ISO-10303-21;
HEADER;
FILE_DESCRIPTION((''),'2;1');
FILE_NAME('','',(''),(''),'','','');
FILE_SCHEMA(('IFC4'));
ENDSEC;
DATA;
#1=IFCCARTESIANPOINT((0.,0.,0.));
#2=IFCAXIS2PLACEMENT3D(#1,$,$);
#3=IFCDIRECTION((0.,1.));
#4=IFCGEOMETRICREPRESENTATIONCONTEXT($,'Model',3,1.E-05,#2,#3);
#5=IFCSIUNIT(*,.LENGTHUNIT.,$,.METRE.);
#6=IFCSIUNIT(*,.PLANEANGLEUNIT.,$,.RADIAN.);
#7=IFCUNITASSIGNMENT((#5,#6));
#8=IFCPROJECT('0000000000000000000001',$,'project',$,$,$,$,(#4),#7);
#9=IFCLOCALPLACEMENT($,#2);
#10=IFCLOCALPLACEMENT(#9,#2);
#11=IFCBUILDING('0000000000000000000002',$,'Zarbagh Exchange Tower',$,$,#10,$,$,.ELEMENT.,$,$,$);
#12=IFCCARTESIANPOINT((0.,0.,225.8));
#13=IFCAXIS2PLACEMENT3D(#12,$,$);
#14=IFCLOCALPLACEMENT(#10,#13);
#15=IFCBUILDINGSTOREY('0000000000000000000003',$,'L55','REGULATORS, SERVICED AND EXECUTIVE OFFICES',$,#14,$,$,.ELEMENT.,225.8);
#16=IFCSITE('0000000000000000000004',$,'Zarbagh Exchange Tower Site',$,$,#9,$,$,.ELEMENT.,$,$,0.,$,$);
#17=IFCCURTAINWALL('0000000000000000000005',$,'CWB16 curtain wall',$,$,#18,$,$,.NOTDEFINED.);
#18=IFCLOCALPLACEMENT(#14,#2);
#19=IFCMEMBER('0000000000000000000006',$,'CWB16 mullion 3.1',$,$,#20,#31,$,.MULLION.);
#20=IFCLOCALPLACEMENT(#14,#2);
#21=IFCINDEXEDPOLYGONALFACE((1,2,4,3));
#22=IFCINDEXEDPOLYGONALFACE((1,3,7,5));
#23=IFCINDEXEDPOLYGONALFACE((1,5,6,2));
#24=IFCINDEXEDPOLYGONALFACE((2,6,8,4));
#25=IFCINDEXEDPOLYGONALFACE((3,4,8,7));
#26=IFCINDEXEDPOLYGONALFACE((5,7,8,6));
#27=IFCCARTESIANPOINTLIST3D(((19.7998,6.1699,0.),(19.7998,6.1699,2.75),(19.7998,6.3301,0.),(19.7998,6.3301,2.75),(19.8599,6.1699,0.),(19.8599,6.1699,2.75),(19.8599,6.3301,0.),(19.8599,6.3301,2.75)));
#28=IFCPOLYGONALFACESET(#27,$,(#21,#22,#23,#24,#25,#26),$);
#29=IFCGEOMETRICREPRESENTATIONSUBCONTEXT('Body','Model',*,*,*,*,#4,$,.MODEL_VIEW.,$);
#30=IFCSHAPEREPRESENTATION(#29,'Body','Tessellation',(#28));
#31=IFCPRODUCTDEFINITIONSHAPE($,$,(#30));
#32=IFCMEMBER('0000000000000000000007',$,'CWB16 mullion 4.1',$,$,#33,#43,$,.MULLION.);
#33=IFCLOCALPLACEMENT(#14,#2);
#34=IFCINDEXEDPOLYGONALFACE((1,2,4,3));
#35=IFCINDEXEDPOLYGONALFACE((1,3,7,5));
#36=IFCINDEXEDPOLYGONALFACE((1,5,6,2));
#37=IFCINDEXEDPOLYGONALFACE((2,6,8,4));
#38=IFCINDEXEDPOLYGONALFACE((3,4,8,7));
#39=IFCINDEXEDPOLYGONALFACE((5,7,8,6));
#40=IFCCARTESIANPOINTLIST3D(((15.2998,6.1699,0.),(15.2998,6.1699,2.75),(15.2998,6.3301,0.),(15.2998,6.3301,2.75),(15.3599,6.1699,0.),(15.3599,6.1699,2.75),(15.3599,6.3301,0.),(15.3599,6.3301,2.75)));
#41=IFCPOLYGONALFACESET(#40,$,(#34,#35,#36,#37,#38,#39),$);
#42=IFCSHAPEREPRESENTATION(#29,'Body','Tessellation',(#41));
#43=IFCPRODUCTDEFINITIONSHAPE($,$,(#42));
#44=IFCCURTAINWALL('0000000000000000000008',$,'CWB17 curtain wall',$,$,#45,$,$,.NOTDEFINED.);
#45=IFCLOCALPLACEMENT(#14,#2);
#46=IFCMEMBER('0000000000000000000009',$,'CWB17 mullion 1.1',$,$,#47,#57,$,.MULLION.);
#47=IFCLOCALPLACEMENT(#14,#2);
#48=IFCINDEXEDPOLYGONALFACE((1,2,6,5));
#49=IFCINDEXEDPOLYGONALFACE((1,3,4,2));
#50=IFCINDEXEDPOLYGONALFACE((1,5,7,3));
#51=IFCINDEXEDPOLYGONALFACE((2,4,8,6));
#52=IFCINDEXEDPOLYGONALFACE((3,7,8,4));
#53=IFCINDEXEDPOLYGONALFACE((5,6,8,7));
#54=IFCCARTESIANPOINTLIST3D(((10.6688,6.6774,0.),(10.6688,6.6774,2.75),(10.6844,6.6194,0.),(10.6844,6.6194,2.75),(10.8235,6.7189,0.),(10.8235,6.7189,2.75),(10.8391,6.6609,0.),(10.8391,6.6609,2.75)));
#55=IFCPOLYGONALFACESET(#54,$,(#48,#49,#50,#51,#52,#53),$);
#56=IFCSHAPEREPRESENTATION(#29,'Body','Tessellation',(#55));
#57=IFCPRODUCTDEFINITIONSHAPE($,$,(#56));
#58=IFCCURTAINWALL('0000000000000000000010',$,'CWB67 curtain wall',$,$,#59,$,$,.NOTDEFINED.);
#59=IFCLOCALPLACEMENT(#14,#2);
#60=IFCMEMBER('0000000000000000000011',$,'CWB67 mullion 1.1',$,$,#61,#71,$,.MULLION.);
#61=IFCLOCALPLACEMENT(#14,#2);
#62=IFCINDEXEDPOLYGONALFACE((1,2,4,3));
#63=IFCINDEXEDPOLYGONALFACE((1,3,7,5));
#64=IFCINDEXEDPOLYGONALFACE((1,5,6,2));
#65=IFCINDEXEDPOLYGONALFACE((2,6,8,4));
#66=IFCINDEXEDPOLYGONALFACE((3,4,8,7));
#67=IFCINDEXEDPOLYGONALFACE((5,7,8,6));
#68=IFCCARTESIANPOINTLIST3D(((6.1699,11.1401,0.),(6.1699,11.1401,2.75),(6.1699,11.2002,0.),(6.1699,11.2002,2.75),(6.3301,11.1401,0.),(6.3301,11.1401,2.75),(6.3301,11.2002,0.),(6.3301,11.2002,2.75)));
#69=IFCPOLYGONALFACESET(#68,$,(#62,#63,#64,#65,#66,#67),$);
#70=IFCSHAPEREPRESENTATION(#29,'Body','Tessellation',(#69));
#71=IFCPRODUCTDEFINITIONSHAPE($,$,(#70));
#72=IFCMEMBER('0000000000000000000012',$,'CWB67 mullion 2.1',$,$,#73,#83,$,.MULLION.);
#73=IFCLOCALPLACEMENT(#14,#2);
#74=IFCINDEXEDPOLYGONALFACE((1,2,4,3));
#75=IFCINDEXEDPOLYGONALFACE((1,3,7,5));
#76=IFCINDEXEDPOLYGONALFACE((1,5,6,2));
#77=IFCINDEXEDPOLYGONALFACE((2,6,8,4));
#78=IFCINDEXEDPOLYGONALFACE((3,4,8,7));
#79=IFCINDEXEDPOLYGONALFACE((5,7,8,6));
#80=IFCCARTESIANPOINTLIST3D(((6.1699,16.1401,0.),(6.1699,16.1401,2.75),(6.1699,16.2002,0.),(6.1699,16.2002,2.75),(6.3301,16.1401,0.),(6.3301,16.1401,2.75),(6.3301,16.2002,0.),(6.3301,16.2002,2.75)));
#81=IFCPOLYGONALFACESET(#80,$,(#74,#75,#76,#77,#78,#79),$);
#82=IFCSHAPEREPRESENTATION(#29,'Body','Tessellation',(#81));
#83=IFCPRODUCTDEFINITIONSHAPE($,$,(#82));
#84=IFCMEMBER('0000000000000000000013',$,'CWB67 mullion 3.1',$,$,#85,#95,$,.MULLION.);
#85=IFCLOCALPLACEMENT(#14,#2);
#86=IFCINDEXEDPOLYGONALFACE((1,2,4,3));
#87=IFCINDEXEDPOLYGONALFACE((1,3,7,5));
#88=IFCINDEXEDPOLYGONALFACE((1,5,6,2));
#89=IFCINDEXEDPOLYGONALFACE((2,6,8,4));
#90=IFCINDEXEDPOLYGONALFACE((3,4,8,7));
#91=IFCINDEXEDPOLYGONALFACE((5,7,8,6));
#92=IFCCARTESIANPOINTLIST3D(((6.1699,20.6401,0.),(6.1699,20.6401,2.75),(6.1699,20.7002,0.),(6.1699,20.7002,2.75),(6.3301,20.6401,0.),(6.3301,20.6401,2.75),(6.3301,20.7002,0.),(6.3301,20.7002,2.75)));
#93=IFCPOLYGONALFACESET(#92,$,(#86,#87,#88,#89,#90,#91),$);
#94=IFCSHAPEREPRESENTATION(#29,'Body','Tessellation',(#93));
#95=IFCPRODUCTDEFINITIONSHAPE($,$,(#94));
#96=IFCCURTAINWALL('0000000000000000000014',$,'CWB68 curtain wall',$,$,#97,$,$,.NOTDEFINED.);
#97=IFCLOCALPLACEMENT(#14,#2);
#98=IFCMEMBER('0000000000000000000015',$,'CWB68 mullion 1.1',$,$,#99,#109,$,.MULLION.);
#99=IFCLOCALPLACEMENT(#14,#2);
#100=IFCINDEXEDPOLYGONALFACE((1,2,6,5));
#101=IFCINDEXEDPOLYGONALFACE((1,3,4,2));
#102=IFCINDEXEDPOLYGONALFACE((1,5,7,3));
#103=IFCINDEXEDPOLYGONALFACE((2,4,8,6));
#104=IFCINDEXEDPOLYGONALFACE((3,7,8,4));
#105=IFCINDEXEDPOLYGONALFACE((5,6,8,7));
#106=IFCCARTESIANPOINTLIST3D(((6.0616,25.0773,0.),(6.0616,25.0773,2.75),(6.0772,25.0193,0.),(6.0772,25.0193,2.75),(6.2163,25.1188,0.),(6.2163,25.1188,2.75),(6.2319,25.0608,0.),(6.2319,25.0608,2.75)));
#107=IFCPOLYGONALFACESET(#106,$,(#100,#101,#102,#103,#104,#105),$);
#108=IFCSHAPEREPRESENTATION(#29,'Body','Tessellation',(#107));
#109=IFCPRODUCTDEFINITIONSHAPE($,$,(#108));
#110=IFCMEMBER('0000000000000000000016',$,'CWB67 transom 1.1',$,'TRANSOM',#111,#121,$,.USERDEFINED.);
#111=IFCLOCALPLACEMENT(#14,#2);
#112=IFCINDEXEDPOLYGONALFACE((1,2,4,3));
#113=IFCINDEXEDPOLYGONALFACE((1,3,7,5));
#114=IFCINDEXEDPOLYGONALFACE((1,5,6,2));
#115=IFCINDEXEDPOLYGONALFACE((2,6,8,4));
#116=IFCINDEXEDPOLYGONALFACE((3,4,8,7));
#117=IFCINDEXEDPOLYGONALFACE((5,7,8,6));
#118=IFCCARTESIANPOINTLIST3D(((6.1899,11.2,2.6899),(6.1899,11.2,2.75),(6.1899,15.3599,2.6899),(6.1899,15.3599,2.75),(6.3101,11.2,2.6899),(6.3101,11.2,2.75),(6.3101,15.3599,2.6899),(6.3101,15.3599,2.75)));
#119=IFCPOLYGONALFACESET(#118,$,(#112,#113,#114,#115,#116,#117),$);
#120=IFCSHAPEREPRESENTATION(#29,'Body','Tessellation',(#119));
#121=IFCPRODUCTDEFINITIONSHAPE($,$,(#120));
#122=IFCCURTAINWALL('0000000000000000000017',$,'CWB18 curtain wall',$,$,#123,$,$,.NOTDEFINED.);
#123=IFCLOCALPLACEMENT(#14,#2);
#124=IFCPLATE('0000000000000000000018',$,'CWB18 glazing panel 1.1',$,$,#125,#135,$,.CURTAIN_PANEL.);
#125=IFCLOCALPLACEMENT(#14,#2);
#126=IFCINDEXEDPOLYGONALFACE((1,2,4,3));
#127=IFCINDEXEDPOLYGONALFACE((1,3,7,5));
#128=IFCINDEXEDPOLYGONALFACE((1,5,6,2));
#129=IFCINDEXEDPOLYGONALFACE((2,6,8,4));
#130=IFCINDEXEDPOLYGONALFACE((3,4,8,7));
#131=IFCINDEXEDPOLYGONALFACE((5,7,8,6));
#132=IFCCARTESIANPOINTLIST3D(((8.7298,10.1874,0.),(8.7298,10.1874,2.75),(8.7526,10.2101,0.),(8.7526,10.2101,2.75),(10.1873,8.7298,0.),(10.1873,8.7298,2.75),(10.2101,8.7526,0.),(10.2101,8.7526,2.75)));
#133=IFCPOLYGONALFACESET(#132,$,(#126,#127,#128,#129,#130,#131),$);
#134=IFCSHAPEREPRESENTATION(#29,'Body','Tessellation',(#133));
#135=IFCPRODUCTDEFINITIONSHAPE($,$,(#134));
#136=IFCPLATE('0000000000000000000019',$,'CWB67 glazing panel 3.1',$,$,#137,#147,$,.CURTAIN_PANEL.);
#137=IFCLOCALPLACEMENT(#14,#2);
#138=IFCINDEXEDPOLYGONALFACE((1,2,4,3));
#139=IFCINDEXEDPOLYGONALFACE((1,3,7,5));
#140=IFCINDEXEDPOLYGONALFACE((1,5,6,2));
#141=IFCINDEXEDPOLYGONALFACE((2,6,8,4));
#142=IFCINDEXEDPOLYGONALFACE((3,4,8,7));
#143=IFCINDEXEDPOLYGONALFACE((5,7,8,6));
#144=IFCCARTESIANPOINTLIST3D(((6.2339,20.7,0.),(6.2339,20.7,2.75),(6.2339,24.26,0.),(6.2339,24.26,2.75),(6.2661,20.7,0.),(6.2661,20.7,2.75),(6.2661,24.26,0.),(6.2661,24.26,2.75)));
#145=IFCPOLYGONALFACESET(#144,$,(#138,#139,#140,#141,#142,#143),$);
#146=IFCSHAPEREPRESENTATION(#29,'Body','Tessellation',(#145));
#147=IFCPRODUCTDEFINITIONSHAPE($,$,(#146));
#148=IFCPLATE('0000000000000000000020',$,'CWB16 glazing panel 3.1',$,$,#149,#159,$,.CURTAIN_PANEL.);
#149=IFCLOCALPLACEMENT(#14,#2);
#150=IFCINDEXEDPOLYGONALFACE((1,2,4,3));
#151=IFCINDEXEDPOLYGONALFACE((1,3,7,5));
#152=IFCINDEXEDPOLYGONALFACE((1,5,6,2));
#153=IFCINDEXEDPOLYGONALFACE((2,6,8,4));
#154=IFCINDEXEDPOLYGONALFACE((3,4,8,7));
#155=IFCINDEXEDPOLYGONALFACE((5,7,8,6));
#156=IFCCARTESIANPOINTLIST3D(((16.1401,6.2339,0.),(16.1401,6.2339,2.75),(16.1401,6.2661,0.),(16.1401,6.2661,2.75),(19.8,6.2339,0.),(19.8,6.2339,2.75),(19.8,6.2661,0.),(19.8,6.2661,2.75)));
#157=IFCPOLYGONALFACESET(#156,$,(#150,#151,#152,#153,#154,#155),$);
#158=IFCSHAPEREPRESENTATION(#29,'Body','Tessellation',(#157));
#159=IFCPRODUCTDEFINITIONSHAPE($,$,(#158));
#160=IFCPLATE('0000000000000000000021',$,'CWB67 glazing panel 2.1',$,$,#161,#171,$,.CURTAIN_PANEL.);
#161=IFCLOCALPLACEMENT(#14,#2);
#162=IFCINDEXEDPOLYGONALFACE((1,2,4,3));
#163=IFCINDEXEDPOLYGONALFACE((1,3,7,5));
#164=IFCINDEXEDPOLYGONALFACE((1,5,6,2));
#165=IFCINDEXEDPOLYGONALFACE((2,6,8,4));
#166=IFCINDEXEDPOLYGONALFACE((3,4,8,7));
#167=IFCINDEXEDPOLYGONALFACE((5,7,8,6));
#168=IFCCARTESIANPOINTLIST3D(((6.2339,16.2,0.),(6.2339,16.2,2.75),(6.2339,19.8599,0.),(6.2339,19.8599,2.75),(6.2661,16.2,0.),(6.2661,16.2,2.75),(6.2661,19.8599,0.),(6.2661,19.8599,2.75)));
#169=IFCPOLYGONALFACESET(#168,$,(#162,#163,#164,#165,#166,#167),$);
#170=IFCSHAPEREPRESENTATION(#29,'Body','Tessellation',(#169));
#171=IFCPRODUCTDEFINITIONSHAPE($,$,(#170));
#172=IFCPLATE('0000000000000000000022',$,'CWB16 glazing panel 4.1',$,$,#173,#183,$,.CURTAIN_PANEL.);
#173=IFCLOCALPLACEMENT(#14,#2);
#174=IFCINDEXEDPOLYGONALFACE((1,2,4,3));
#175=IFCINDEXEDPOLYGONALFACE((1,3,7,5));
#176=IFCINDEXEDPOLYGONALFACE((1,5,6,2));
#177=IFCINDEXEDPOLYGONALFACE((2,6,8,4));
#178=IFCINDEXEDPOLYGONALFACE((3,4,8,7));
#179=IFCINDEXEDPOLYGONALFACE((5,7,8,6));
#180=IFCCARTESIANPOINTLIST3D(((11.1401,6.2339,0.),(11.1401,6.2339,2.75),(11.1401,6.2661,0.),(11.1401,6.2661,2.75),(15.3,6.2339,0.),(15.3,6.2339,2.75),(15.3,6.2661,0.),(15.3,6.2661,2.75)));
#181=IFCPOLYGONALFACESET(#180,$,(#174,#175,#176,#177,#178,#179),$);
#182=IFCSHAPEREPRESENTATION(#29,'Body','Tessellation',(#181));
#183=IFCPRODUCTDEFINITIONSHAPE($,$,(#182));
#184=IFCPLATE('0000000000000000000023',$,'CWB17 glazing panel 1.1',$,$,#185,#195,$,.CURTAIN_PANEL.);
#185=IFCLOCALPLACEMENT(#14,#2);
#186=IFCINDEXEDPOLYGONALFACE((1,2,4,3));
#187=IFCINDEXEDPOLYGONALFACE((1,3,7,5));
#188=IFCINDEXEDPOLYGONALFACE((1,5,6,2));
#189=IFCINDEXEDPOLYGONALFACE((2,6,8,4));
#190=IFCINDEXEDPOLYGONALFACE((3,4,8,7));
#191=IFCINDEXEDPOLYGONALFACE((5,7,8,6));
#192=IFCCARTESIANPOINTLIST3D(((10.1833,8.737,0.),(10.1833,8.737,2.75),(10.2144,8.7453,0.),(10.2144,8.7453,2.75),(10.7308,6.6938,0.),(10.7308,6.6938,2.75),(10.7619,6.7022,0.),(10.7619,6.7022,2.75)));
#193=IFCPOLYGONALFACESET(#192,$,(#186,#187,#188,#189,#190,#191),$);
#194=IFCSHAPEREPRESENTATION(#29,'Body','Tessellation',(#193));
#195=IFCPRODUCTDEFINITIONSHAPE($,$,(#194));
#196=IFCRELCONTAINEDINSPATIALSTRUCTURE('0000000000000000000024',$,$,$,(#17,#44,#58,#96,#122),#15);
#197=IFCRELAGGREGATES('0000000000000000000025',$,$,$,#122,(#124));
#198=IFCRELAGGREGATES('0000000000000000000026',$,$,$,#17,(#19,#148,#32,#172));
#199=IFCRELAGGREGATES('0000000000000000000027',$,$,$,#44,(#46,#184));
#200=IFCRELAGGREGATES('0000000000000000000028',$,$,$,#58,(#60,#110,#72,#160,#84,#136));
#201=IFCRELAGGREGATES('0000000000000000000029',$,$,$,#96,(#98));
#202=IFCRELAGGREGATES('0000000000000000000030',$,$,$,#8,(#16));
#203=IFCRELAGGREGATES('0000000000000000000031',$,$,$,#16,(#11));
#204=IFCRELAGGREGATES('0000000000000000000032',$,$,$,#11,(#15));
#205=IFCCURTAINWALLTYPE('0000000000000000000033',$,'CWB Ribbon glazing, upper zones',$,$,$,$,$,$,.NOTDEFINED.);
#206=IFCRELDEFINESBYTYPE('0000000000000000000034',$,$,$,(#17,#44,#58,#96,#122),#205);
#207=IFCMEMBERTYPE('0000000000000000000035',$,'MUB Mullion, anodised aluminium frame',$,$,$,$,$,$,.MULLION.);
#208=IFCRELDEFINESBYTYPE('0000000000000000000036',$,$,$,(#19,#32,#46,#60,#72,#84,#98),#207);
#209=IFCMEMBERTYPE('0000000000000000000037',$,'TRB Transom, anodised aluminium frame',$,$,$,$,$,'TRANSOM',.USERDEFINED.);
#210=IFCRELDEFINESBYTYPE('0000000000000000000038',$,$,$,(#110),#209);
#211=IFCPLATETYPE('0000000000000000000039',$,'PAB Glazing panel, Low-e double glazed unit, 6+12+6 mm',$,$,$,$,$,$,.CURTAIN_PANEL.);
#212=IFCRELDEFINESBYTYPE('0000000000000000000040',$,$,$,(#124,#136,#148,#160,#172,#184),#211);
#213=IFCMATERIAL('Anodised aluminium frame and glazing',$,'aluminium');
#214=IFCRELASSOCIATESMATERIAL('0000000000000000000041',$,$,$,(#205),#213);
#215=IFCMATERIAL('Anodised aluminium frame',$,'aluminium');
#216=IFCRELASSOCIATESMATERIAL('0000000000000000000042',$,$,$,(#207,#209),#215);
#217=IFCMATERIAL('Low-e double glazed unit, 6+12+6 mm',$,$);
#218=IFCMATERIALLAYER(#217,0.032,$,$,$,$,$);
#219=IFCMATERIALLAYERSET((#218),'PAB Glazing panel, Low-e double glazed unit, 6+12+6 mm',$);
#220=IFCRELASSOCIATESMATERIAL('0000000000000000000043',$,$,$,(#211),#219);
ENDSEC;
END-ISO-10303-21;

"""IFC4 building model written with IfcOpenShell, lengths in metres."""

from ifc_helpers import new_model, si_unit, direction, frame, origin, place, context, subcontext, project, spatial, polyline, outline, extrude, source, transform, mapped, material, layer, layer_set, type_object, element, aggregate, save


model = new_model("IFC4")

# Units and contexts
model_context = context("Model", 3, precision=1e-05, world=origin(), true_north=direction((0.0, 1.0)))
body_context = subcontext(model_context, "Body", "Model", "MODEL_VIEW")
ifc_project = project(units=[si_unit("LENGTHUNIT", "METRE"), si_unit("PLANEANGLEUNIT", "RADIAN")], contexts=[model_context])

# Site, building, storey
site_placement = place(None, origin())
site = spatial("IfcSite", under=ifc_project, at=site_placement, Name="Zarbagh Exchange Tower Site", CompositionType="ELEMENT", RefElevation=0.0)
building_placement = place(site_placement, origin())
building = spatial("IfcBuilding", under=site, at=building_placement, Name="Zarbagh Exchange Tower", CompositionType="ELEMENT")
storey_placement = place(building_placement, frame((0.0, 0.0, 225.8)))
storey = spatial("IfcBuildingStorey", under=building, at=storey_placement, Name="L55", Description="REGULATORS, SERVICED AND EXECUTIVE OFFICES", CompositionType="ELEMENT", Elevation=225.8)

# Curtain wall, members
ifc_material_1 = material(Name="Anodised aluminium frame and glazing", Category="aluminium")
curtain_wall_type = type_object("IfcCurtainWallType", Name="CWB Ribbon glazing, upper zones", PredefinedType="NOTDEFINED", material=ifc_material_1)
curtain_wall_1_placement = place(storey_placement, origin())
curtain_wall_1 = element("IfcCurtainWall", 1, at=curtain_wall_1_placement, inside=storey, type_object=curtain_wall_type, Name="CWB16 curtain wall", PredefinedType="NOTDEFINED")
ifc_material_2 = material(Name="Anodised aluminium frame", Category="aluminium")
member_type_1 = type_object("IfcMemberType", Name="MUB Mullion, anodised aluminium frame", PredefinedType="MULLION", material=ifc_material_2)
shared_shape_1 = source(origin(), body_context, "Body", "SweptSolid", [
    extrude(outline(polyline([(0.0, -0.0801), (0.0601, -0.0801), (0.0601, 0.0801), (0.0, 0.0801), (0.0, -0.0801)])), origin(), (0.0, 0.0, 1.0), 2.75),
])
placement = place(storey_placement, origin())
member_1 = element("IfcMember", 2, at=placement, type_object=member_type_1, Name="CWB16 mullion 3.1", PredefinedType="MULLION", context=body_context, shape_type="MappedRepresentation", body=[
    mapped(shared_shape_1, transform((19.8599, 6.25, 0.0), x_axis=(-1.0, 0.0, 0.0), y_axis=(0.0, -1.0, 0.0), z_axis=(0.0, 0.0, 1.0))),
])
member_2 = element("IfcMember", 3, at=placement, type_object=member_type_1, Name="CWB16 mullion 4.1", PredefinedType="MULLION", context=body_context, shape_type="MappedRepresentation", body=[
    mapped(shared_shape_1, transform((15.3599, 6.25, 0.0), x_axis=(-1.0, 0.0, 0.0), y_axis=(0.0, -1.0, 0.0), z_axis=(0.0, 0.0, 1.0))),
])

# Curtain wall, member
curtain_wall_2_placement = place(storey_placement, origin())
curtain_wall_2 = element("IfcCurtainWall", 4, at=curtain_wall_2_placement, inside=storey, type_object=curtain_wall_type, Name="CWB17 curtain wall", PredefinedType="NOTDEFINED")
member_3 = element("IfcMember", 5, at=placement, type_object=member_type_1, Name="CWB17 mullion 1.1", PredefinedType="MULLION", context=body_context, shape_type="MappedRepresentation", body=[
    mapped(shared_shape_1, transform((10.7617, 6.6401, 0.0), x_axis=(-0.258825, 0.965924, 0.0), y_axis=(-0.965924, -0.258825, 0.0), z_axis=(0.0, 0.0, 1.0))),
])

# Curtain wall, members
curtain_wall_3_placement = place(storey_placement, origin())
curtain_wall_3 = element("IfcCurtainWall", 6, at=curtain_wall_3_placement, inside=storey, type_object=curtain_wall_type, Name="CWB67 curtain wall", PredefinedType="NOTDEFINED")
member_4 = element("IfcMember", 7, at=placement, type_object=member_type_1, Name="CWB67 mullion 1.1", PredefinedType="MULLION", context=body_context, shape_type="MappedRepresentation", body=[
    mapped(shared_shape_1, transform((6.25, 11.1401, 0.0), x_axis=(0.0, 1.0, 0.0), y_axis=(-1.0, 0.0, 0.0), z_axis=(0.0, 0.0, 1.0))),
])
member_5 = element("IfcMember", 8, at=placement, type_object=member_type_1, Name="CWB67 mullion 2.1", PredefinedType="MULLION", context=body_context, shape_type="MappedRepresentation", body=[
    mapped(shared_shape_1, transform((6.25, 16.1401, 0.0), x_axis=(0.0, 1.0, 0.0), y_axis=(-1.0, 0.0, 0.0), z_axis=(0.0, 0.0, 1.0))),
])
member_6 = element("IfcMember", 9, at=placement, type_object=member_type_1, Name="CWB67 mullion 3.1", PredefinedType="MULLION", context=body_context, shape_type="MappedRepresentation", body=[
    mapped(shared_shape_1, transform((6.25, 20.6401, 0.0), x_axis=(0.0, 1.0, 0.0), y_axis=(-1.0, 0.0, 0.0), z_axis=(0.0, 0.0, 1.0))),
])

# Curtain wall, member
curtain_wall_4_placement = place(storey_placement, origin())
curtain_wall_4 = element("IfcCurtainWall", 10, at=curtain_wall_4_placement, inside=storey, type_object=curtain_wall_type, Name="CWB68 curtain wall", PredefinedType="NOTDEFINED")
member_7 = element("IfcMember", 11, at=placement, type_object=member_type_1, Name="CWB68 mullion 1.1", PredefinedType="MULLION", context=body_context, shape_type="MappedRepresentation", body=[
    mapped(shared_shape_1, transform((6.1545, 25.04, 0.0), x_axis=(-0.258825, 0.965924, 0.0), y_axis=(-0.965924, -0.258825, 0.0), z_axis=(0.0, 0.0, 1.0))),
])

# Member
member_type_2 = type_object("IfcMemberType", Name="TRB Transom, anodised aluminium frame", ElementType="TRANSOM", PredefinedType="USERDEFINED", material=ifc_material_2)
shared_shape_2 = source(origin(), body_context, "Body", "SweptSolid", [
    extrude(outline(polyline([(-0.0601, -0.0601), (0.0, -0.0601), (0.0, 0.0601), (-0.0601, 0.0601), (-0.0601, -0.0601)])), origin(), (0.0, 0.0, 1.0), 4.1599),
])
member_8 = element("IfcMember", 12, at=placement, type_object=member_type_2, Name="CWB67 transom 1.1", ObjectType="TRANSOM", PredefinedType="USERDEFINED", context=body_context, shape_type="MappedRepresentation", body=[
    mapped(shared_shape_2, transform((6.25, 11.2, 2.75), x_axis=(0.0, 0.0, 1.0), y_axis=(1.0, 0.0, 0.0), z_axis=(0.0, 1.0, 0.0))),
])

# Curtain wall, plate
curtain_wall_5_placement = place(storey_placement, origin())
curtain_wall_5 = element("IfcCurtainWall", 13, at=curtain_wall_5_placement, inside=storey, type_object=curtain_wall_type, Name="CWB18 curtain wall", PredefinedType="NOTDEFINED")
ifc_material_3 = material(Name="Low-e double glazed unit, 6+12+6 mm")
ifc_layer_1 = layer(ifc_material_3, 0.032)
ifc_layer_set_1 = layer_set([ifc_layer_1], Name="PAB Glazing panel, Low-e double glazed unit, 6+12+6 mm")
plate_type = type_object("IfcPlateType", Name="PAB Glazing panel, Low-e double glazed unit, 6+12+6 mm", PredefinedType="CURTAIN_PANEL", material=ifc_layer_set_1)
shared_shape_3 = source(origin(), body_context, "Body", "SweptSolid", [
    extrude(outline(polyline([(0.0, -0.0161), (2.0613, -0.0161), (2.0613, 0.0161), (0.0, 0.0161), (0.0, -0.0161)])), origin(), (0.0, 0.0, 1.0), 2.75),
])
plate_1 = element("IfcPlate", 14, at=placement, type_object=plate_type, Name="CWB18 glazing panel 1.1", PredefinedType="CURTAIN_PANEL", context=body_context, shape_type="MappedRepresentation", body=[
    mapped(shared_shape_3, transform((10.1987, 8.7412, 0.0), x_axis=(-0.707107, 0.707107, 0.0), y_axis=(-0.707107, -0.707107, 0.0), z_axis=(0.0, 0.0, 1.0))),
])
aggregate(curtain_wall_5, [plate_1])

# Plates
shared_shape_4 = source(origin(), body_context, "Body", "SweptSolid", [
    extrude(outline(polyline([(0.0, -0.0161), (3.5601, -0.0161), (3.5601, 0.0161), (0.0, 0.0161), (0.0, -0.0161)])), origin(), (0.0, 0.0, 1.0), 2.75),
])
plate_2 = element("IfcPlate", 15, at=placement, type_object=plate_type, Name="CWB67 glazing panel 3.1", PredefinedType="CURTAIN_PANEL", context=body_context, shape_type="MappedRepresentation", body=[
    mapped(shared_shape_4, transform((6.25, 20.7, 0.0), x_axis=(0.0, 1.0, 0.0), y_axis=(-1.0, 0.0, 0.0), z_axis=(0.0, 0.0, 1.0))),
])
shared_shape_5 = source(origin(), body_context, "Body", "SweptSolid", [
    extrude(outline(polyline([(0.0, -0.0161), (3.6599, -0.0161), (3.6599, 0.0161), (0.0, 0.0161), (0.0, -0.0161)])), origin(), (0.0, 0.0, 1.0), 2.75),
])
plate_3 = element("IfcPlate", 16, at=placement, type_object=plate_type, Name="CWB16 glazing panel 3.1", PredefinedType="CURTAIN_PANEL", context=body_context, shape_type="MappedRepresentation", body=[
    mapped(shared_shape_5, transform((19.8, 6.25, 0.0), x_axis=(-1.0, 0.0, 0.0), y_axis=(0.0, -1.0, 0.0), z_axis=(0.0, 0.0, 1.0))),
])
plate_4 = element("IfcPlate", 17, at=placement, type_object=plate_type, Name="CWB67 glazing panel 2.1", PredefinedType="CURTAIN_PANEL", context=body_context, shape_type="MappedRepresentation", body=[
    mapped(shared_shape_5, transform((6.25, 16.2, 0.0), x_axis=(0.0, 1.0, 0.0), y_axis=(-1.0, 0.0, 0.0), z_axis=(0.0, 0.0, 1.0))),
])
shared_shape_6 = source(origin(), body_context, "Body", "SweptSolid", [
    extrude(outline(polyline([(0.0, -0.0161), (4.1599, -0.0161), (4.1599, 0.0161), (0.0, 0.0161), (0.0, -0.0161)])), origin(), (0.0, 0.0, 1.0), 2.75),
])
plate_5 = element("IfcPlate", 18, at=placement, type_object=plate_type, Name="CWB16 glazing panel 4.1", PredefinedType="CURTAIN_PANEL", context=body_context, shape_type="MappedRepresentation", body=[
    mapped(shared_shape_6, transform((15.3, 6.25, 0.0), x_axis=(-1.0, 0.0, 0.0), y_axis=(0.0, -1.0, 0.0), z_axis=(0.0, 0.0, 1.0))),
])
aggregate(curtain_wall_1, [member_1, plate_3, member_2, plate_5])
shared_shape_7 = source(origin(), body_context, "Body", "SweptSolid", [
    extrude(outline(polyline([(0.0, -0.0161), (2.1152, -0.0161), (2.1152, 0.0161), (0.0, 0.0161), (0.0, -0.0161)])), origin(), (0.0, 0.0, 1.0), 2.75),
])
plate_6 = element("IfcPlate", 19, at=placement, type_object=plate_type, Name="CWB17 glazing panel 1.1", PredefinedType="CURTAIN_PANEL", context=body_context, shape_type="MappedRepresentation", body=[
    mapped(shared_shape_7, transform((10.7463, 6.698, 0.0), x_axis=(-0.258825, 0.965924, 0.0), y_axis=(-0.965924, -0.258825, 0.0), z_axis=(0.0, 0.0, 1.0))),
])
aggregate(curtain_wall_2, [member_3, plate_6])

aggregate(curtain_wall_3, [member_4, member_8, member_5, plate_4, member_6, plate_2])
aggregate(curtain_wall_4, [member_7])

save(model, "model.ifc")
